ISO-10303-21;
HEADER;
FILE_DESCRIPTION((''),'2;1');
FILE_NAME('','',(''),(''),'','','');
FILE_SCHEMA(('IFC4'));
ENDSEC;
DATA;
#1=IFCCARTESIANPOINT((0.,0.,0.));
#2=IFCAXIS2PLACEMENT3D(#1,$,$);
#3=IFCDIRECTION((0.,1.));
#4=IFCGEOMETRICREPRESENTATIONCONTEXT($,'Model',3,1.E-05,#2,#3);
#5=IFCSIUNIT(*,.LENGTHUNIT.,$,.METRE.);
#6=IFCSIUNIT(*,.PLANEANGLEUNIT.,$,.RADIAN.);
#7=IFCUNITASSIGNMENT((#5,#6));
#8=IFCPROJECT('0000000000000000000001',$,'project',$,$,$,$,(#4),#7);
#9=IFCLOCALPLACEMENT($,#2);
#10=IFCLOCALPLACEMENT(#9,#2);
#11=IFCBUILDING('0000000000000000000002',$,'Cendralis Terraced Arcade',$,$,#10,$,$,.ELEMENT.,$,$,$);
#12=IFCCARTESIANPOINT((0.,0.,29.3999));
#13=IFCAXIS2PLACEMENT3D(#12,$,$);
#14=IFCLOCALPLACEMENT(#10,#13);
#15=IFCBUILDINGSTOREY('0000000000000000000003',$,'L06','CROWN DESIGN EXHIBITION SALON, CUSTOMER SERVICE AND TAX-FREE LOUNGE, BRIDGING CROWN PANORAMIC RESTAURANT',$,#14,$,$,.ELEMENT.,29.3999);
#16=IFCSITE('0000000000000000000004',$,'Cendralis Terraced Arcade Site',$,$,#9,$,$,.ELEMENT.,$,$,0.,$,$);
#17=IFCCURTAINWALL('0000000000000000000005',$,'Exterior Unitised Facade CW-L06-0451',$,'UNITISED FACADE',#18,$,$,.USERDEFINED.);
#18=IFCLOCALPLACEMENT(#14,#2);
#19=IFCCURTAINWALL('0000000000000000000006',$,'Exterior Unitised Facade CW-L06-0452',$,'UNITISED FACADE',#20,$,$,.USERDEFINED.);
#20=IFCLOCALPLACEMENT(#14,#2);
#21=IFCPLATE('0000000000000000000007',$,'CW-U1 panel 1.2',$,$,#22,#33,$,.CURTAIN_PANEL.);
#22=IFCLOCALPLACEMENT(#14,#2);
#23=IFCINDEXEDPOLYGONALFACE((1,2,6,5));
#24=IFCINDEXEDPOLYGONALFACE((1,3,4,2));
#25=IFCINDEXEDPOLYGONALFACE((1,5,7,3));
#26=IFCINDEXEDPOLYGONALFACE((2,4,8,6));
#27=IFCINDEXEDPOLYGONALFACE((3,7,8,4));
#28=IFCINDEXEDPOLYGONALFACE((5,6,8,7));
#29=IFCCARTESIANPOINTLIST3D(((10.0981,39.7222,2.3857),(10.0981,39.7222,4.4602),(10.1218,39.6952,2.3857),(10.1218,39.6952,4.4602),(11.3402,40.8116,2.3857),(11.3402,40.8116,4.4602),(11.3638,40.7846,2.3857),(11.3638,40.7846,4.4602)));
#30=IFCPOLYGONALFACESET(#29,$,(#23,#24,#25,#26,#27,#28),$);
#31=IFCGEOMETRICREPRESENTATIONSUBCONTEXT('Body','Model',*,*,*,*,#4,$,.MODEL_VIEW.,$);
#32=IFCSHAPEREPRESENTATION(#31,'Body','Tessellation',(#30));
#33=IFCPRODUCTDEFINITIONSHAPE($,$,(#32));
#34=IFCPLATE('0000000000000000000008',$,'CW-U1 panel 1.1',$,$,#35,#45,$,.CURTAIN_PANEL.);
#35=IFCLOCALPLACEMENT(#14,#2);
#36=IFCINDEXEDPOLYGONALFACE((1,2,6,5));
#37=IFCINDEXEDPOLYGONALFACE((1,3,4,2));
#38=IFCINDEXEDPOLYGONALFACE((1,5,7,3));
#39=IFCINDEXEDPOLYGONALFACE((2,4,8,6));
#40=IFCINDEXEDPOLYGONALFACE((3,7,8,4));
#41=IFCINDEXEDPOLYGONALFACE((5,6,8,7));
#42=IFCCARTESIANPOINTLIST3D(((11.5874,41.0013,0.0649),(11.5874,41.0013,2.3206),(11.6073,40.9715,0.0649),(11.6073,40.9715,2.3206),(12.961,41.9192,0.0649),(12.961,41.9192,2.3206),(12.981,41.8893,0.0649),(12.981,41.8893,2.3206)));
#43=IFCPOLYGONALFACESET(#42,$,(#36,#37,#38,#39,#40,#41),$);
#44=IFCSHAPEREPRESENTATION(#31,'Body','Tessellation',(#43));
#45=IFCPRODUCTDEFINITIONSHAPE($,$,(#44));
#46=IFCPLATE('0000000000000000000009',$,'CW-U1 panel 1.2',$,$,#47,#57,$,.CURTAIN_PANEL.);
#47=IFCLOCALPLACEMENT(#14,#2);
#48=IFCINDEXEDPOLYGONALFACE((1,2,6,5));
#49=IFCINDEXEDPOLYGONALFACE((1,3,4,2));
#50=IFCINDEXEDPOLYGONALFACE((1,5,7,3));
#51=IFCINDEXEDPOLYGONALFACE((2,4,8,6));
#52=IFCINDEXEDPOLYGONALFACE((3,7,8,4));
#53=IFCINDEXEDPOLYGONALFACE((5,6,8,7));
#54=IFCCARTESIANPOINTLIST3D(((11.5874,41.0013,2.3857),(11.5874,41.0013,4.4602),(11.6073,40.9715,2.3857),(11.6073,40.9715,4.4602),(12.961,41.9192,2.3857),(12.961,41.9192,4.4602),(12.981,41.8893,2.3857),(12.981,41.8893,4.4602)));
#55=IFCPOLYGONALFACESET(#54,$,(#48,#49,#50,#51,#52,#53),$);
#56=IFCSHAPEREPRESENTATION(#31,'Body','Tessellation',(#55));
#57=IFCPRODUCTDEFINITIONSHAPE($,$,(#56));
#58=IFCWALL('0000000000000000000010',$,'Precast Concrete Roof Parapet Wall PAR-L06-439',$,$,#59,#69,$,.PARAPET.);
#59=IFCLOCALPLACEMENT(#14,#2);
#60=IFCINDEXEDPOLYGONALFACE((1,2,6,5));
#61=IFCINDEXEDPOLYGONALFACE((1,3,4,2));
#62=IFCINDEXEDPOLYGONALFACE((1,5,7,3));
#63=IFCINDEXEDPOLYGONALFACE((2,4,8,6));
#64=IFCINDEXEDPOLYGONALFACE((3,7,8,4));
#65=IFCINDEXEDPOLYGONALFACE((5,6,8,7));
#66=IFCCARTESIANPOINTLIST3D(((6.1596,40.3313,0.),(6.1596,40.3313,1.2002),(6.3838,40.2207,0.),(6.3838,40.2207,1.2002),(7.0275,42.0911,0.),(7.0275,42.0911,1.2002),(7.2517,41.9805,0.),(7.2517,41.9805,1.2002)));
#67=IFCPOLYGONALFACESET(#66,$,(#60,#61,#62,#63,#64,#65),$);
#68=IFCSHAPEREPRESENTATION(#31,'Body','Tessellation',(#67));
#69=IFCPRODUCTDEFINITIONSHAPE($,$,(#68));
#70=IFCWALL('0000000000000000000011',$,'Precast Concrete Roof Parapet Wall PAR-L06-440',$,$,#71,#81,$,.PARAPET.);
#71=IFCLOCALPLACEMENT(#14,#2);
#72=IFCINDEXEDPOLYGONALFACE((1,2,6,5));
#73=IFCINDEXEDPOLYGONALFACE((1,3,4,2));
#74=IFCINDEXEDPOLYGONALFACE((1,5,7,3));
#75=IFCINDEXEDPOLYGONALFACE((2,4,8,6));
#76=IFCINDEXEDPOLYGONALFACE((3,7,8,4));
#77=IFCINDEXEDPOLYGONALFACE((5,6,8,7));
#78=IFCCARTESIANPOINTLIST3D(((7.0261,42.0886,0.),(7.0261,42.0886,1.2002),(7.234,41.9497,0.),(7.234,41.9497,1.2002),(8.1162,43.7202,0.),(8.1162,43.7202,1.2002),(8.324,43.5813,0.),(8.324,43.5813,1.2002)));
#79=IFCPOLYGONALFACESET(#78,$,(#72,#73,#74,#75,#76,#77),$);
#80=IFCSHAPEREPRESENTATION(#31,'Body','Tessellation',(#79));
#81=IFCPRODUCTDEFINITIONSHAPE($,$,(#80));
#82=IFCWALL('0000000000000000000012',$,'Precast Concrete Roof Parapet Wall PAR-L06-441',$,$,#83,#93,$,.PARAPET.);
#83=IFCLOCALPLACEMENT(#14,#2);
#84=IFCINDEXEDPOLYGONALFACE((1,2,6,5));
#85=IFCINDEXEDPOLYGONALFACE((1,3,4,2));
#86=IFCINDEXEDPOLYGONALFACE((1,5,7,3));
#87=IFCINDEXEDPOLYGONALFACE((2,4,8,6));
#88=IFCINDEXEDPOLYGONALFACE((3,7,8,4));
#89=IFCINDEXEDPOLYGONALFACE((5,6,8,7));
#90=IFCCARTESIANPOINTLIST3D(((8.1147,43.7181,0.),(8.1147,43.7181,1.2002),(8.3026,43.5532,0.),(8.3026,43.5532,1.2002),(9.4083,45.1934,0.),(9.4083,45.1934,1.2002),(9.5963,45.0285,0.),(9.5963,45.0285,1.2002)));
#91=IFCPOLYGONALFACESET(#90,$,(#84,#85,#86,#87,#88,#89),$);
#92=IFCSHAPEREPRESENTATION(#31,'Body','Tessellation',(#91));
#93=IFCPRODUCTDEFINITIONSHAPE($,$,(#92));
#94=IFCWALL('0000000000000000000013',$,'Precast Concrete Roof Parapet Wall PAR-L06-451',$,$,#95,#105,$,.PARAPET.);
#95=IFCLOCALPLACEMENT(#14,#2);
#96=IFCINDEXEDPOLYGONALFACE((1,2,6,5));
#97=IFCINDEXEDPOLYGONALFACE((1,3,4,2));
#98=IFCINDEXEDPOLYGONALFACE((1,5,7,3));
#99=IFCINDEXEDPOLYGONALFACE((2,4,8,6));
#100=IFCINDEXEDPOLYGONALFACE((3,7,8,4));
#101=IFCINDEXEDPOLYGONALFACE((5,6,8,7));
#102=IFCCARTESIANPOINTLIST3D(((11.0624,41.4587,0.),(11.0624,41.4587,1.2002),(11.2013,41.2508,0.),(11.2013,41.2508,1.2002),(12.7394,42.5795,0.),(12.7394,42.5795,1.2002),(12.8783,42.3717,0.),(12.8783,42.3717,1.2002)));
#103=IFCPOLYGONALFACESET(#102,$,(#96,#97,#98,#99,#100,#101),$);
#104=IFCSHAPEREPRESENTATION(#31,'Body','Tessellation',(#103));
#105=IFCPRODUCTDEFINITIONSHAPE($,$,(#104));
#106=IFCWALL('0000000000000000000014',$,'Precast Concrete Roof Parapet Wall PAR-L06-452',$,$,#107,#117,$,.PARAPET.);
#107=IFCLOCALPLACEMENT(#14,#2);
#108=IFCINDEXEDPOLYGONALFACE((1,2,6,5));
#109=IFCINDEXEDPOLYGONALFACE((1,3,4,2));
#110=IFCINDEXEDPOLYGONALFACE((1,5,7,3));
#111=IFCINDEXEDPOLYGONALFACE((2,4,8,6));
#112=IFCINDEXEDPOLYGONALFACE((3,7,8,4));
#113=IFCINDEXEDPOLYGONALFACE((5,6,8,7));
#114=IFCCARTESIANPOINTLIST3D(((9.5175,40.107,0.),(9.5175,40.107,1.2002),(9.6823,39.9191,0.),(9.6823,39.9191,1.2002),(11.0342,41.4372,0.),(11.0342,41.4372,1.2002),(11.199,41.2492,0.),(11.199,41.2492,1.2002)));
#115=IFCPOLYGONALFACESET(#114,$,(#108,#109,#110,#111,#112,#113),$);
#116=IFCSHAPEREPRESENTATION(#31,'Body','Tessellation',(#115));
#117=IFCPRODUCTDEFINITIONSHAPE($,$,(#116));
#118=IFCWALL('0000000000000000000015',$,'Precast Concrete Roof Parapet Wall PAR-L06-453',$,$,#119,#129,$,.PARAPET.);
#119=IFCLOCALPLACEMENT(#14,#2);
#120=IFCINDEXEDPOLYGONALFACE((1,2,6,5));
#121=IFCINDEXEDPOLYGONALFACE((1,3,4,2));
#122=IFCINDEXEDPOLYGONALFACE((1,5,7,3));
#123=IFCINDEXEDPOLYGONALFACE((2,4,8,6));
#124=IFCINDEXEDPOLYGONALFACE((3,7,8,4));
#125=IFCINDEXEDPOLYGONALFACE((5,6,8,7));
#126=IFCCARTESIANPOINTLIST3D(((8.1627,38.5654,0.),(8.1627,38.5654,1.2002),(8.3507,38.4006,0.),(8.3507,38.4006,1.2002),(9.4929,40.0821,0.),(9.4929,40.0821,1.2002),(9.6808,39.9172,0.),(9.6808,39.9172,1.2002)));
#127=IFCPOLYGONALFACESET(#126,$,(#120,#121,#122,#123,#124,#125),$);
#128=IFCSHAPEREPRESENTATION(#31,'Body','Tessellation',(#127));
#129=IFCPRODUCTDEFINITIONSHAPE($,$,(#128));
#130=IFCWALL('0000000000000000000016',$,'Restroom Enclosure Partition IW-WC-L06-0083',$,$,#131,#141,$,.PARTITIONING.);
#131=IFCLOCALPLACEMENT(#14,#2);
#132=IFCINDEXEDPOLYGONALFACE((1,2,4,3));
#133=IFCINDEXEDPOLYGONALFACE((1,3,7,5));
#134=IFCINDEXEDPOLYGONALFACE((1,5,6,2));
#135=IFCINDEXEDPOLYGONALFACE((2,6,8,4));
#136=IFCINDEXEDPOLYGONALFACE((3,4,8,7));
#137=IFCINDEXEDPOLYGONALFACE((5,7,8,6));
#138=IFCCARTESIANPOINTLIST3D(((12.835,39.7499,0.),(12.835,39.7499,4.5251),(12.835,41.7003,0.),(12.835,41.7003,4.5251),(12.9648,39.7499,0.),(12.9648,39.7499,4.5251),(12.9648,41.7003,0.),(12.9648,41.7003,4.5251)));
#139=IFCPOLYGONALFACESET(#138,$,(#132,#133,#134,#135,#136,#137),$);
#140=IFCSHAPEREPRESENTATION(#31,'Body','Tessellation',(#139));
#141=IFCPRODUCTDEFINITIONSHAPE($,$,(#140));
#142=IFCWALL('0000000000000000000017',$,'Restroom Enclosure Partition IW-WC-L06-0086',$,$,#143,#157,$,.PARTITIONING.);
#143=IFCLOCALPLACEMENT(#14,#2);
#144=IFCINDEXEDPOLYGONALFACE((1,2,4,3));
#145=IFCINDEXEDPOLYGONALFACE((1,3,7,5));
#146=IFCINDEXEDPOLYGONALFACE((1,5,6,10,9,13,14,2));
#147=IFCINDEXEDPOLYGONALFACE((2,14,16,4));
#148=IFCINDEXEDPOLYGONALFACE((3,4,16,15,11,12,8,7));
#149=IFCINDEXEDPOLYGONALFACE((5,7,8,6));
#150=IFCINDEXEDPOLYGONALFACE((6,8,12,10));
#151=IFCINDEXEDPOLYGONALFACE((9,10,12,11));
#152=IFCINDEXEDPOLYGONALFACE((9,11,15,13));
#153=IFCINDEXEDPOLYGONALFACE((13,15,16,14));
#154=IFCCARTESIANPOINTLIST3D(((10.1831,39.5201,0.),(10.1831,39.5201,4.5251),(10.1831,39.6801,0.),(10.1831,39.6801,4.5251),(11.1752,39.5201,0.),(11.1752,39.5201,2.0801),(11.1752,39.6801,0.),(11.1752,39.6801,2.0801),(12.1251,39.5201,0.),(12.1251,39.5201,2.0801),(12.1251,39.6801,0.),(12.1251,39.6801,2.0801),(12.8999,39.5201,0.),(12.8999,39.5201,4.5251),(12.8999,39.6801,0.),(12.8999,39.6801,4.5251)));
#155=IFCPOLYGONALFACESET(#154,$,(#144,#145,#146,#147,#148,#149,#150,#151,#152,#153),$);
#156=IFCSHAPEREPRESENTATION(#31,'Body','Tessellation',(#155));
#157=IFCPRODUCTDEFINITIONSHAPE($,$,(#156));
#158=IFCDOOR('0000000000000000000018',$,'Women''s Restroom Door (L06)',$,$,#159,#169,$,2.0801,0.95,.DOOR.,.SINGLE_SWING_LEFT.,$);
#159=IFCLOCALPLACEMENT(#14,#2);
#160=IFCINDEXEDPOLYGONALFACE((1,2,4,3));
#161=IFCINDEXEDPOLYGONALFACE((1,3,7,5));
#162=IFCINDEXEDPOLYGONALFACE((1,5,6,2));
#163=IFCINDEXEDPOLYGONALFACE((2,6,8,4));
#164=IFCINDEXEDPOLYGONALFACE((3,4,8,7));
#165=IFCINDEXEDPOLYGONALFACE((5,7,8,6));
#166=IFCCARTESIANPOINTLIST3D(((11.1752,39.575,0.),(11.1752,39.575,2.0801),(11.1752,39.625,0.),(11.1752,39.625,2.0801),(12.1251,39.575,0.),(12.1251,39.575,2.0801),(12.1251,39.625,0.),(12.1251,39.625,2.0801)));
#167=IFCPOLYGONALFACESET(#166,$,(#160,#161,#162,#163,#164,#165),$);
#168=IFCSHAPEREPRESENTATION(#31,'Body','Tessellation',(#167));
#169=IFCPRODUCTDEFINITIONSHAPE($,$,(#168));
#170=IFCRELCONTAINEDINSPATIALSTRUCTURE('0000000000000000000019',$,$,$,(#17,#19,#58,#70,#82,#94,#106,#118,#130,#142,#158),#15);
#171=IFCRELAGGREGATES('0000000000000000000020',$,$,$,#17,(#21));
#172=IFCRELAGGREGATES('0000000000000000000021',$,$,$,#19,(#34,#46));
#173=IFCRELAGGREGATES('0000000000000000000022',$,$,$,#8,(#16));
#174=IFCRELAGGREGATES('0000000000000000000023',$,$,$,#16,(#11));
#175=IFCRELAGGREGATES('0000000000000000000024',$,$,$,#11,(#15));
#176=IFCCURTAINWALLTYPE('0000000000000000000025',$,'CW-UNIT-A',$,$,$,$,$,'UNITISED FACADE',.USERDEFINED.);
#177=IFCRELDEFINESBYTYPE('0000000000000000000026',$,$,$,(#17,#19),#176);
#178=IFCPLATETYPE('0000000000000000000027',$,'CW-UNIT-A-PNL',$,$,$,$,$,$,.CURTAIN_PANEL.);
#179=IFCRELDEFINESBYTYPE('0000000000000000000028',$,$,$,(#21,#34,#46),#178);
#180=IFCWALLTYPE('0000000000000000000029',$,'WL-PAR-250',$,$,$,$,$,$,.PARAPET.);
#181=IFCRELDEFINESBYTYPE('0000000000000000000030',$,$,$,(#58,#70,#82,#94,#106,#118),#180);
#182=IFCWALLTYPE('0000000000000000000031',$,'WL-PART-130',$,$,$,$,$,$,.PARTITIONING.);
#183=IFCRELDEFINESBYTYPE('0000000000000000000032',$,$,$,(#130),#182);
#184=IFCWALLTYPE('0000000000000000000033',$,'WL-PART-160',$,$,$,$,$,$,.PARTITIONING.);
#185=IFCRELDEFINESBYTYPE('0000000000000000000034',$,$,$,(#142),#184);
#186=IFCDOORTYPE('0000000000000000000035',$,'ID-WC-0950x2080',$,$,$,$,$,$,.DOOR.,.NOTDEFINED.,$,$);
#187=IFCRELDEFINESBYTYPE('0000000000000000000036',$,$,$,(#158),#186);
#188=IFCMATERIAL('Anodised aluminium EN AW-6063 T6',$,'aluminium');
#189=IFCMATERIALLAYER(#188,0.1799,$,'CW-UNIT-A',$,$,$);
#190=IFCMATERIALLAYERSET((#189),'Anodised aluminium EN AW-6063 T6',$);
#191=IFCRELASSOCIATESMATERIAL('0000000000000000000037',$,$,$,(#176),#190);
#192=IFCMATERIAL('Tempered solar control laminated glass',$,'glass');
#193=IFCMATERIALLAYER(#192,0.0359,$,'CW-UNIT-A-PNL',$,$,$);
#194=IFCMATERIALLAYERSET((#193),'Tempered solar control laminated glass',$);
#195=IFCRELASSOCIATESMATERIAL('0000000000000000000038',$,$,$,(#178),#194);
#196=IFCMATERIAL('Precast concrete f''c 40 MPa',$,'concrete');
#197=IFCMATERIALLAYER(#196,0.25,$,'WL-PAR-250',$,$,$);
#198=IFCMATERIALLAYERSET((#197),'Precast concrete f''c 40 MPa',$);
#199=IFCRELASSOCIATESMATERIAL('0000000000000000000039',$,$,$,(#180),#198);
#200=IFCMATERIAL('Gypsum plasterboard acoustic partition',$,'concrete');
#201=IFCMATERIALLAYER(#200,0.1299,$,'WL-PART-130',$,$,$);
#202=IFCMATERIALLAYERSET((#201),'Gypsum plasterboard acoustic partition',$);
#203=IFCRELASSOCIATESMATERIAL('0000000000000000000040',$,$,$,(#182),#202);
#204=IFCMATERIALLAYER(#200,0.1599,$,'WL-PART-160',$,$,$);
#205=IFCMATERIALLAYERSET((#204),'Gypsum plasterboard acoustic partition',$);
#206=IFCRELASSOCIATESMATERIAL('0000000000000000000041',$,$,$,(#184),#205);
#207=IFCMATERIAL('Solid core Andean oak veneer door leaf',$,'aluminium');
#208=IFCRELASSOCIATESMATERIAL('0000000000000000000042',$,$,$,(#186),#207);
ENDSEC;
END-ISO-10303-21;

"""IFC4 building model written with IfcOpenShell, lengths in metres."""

from ifc_helpers import new_model, si_unit, direction, frame, frame_2d, origin, origin_2d, place, context, subcontext, project, spatial, rectangle, extrude, material, layer, layer_set, type_object, element, fill, aggregate, save


model = new_model("IFC4")

# Units and contexts
model_context = context("Model", 3, precision=1e-05, world=origin(), true_north=direction((0.0, 1.0)))
body_context = subcontext(model_context, "Body", "Model", "MODEL_VIEW")
ifc_project = project(units=[si_unit("LENGTHUNIT", "METRE"), si_unit("PLANEANGLEUNIT", "RADIAN")], contexts=[model_context])

# Site, building, storey
site_placement = place(None, origin())
site = spatial("IfcSite", under=ifc_project, at=site_placement, Name="Cendralis Terraced Arcade Site", CompositionType="ELEMENT", RefElevation=0.0)
building_placement = place(site_placement, origin())
building = spatial("IfcBuilding", under=site, at=building_placement, Name="Cendralis Terraced Arcade", CompositionType="ELEMENT")
storey_placement = place(building_placement, frame((0.0, 0.0, 29.3999)))
storey = spatial("IfcBuildingStorey", under=building, at=storey_placement, Name="L06", Description="CROWN DESIGN EXHIBITION SALON, CUSTOMER SERVICE AND TAX-FREE LOUNGE, BRIDGING CROWN PANORAMIC RESTAURANT", CompositionType="ELEMENT", Elevation=29.3999)

# Curtain walls
ifc_material_1 = material(Name="Anodised aluminium EN AW-6063 T6", Category="aluminium")
ifc_layer_1 = layer(ifc_material_1, 0.1799, Name="CW-UNIT-A")
ifc_layer_set_1 = layer_set([ifc_layer_1], Name="Anodised aluminium EN AW-6063 T6")
curtain_wall_type = type_object("IfcCurtainWallType", Name="CW-UNIT-A", ElementType="UNITISED FACADE", PredefinedType="USERDEFINED", material=ifc_layer_set_1)
curtain_wall_1_placement = place(storey_placement, origin())
curtain_wall_1 = element("IfcCurtainWall", 1, at=curtain_wall_1_placement, inside=storey, type_object=curtain_wall_type, Name="Exterior Unitised Facade CW-L06-0451", ObjectType="UNITISED FACADE", PredefinedType="USERDEFINED")
curtain_wall_2_placement = place(storey_placement, origin())
curtain_wall_2 = element("IfcCurtainWall", 2, at=curtain_wall_2_placement, inside=storey, type_object=curtain_wall_type, Name="Exterior Unitised Facade CW-L06-0452", ObjectType="UNITISED FACADE", PredefinedType="USERDEFINED")

# Plates
ifc_material_2 = material(Name="Tempered solar control laminated glass", Category="glass")
ifc_layer_2 = layer(ifc_material_2, 0.0359, Name="CW-UNIT-A-PNL")
ifc_layer_set_2 = layer_set([ifc_layer_2], Name="Tempered solar control laminated glass")
plate_type = type_object("IfcPlateType", Name="CW-UNIT-A-PNL", PredefinedType="CURTAIN_PANEL", material=ifc_layer_set_2)
plate_1_placement = place(storey_placement, frame((10.731, 40.2534, 2.3857), z_axis=(0.0, 0.0, 1.0), x_axis=(0.751804, 0.659386, 0.0)))
plate_1 = element("IfcPlate", 3, at=plate_1_placement, type_object=plate_type, Name="CW-U1 panel 1.2", PredefinedType="CURTAIN_PANEL", context=body_context, shape_type="SweptSolid", body=[
    extrude(rectangle(XDim=1.6521, YDim=0.0359, at=origin_2d()), origin(), (0.0, 0.0, 1.0), 2.0745),
])
aggregate(curtain_wall_1, [plate_1])
plate_2_placement = place(storey_placement, frame((12.2842, 41.4453, 0.0649), z_axis=(0.0, 0.0, 1.0), x_axis=(0.831471, 0.555567, 0.0)))
plate_2 = element("IfcPlate", 4, at=plate_2_placement, type_object=plate_type, Name="CW-U1 panel 1.1", PredefinedType="CURTAIN_PANEL", context=body_context, shape_type="SweptSolid", body=[
    extrude(rectangle(XDim=1.6521, YDim=0.0359, at=origin_2d()), origin(), (0.0, 0.0, 1.0), 2.2556),
])
plate_3_placement = place(storey_placement, frame((12.2842, 41.4453, 2.3857), z_axis=(0.0, 0.0, 1.0), x_axis=(0.831471, 0.555567, 0.0)))
plate_3 = element("IfcPlate", 5, at=plate_3_placement, type_object=plate_type, Name="CW-U1 panel 1.2", PredefinedType="CURTAIN_PANEL", context=body_context, shape_type="SweptSolid", body=[
    extrude(rectangle(XDim=1.6521, YDim=0.0359, at=origin_2d()), origin(), (0.0, 0.0, 1.0), 2.0745),
])
aggregate(curtain_wall_2, [plate_2, plate_3])

# Walls
ifc_material_3 = material(Name="Precast concrete f'c 40 MPa", Category="concrete")
ifc_layer_3 = layer(ifc_material_3, 0.25, Name="WL-PAR-250")
ifc_layer_set_3 = layer_set([ifc_layer_3], Name="Precast concrete f'c 40 MPa")
wall_type_1 = type_object("IfcWallType", Name="WL-PAR-250", PredefinedType="PARAPET", material=ifc_layer_set_3)
for number, where, z_axis, x_axis, name in (
    (6, (6.2717, 40.2761, 0.0), (0.0, 0.0, 1.0), (0.44233, 0.896853, 0.0), "Precast Concrete Roof Parapet Wall PAR-L06-439"),
    (7, (7.1301, 42.0193, 0.0), (0.0, 0.0, 1.0), (0.555533, 0.831495, 0.0), "Precast Concrete Roof Parapet Wall PAR-L06-440"),
    (8, (8.2087, 43.6357, 0.0), (0.0, 0.0, 1.0), (0.659306, 0.751875, 0.0), "Precast Concrete Roof Parapet Wall PAR-L06-441"),
):
    element("IfcWall", number, at=place(storey_placement, frame(where, z_axis=z_axis, x_axis=x_axis)), inside=storey, type_object=wall_type_1, Name=name, PredefinedType="PARAPET", context=body_context, shape_type="SweptSolid", body=[
        extrude(rectangle(XDim=1.9622, YDim=0.25, at=frame_2d((0.981, 0.0))), origin(), (0.0, 0.0, 1.0), 1.2002),
    ])
wall_1_placement = place(storey_placement, frame((12.8088, 42.4756, 0.0), z_axis=(0.0, 0.0, 1.0), x_axis=(-0.831398, -0.555677, 0.0)))
element("IfcWall", 9, at=wall_1_placement, inside=storey, type_object=wall_type_1, Name="Precast Concrete Roof Parapet Wall PAR-L06-451", PredefinedType="PARAPET", context=body_context, shape_type="SweptSolid", body=[
    extrude(rectangle(XDim=2.0171, YDim=0.25, at=frame_2d((1.0085, 0.0))), origin(), (0.0, 0.0, 1.0), 1.2002),
])
for number, where, z_axis, x_axis, name in (
    (10, (11.1167, 41.3433, 0.0), (0.0, 0.0, 1.0), (-0.751826, -0.659361, 0.0), "Precast Concrete Roof Parapet Wall PAR-L06-452"),
    (11, (9.5869, 39.9998, 0.0), (0.0, 0.0, 1.0), (-0.659361, -0.751826, 0.0), "Precast Concrete Roof Parapet Wall PAR-L06-453"),
):
    element("IfcWall", number, at=place(storey_placement, frame(where, z_axis=z_axis, x_axis=x_axis)), inside=storey, type_object=wall_type_1, Name=name, PredefinedType="PARAPET", context=body_context, shape_type="SweptSolid", body=[
        extrude(rectangle(XDim=2.0173, YDim=0.25, at=frame_2d((1.0088, 0.0))), origin(), (0.0, 0.0, 1.0), 1.2002),
    ])
ifc_material_4 = material(Name="Gypsum plasterboard acoustic partition", Category="concrete")
ifc_layer_4 = layer(ifc_material_4, 0.1299, Name="WL-PART-130")
ifc_layer_set_4 = layer_set([ifc_layer_4], Name="Gypsum plasterboard acoustic partition")
wall_type_2 = type_object("IfcWallType", Name="WL-PART-130", PredefinedType="PARTITIONING", material=ifc_layer_set_4)
wall_2_placement = place(storey_placement, frame((12.8999, 39.75, 0.0), z_axis=(0.0, 0.0, 1.0), x_axis=(0.0, 1.0, 0.0)))
element("IfcWall", 12, at=wall_2_placement, inside=storey, type_object=wall_type_2, Name="Restroom Enclosure Partition IW-WC-L06-0083", PredefinedType="PARTITIONING", context=body_context, shape_type="SweptSolid", body=[
    extrude(rectangle(XDim=1.9504, YDim=0.1299, at=frame_2d((0.9751, 0.0))), origin(), (0.0, 0.0, 1.0), 4.5251),
])

# Wall, opening, door
ifc_layer_5 = layer(ifc_material_4, 0.1599, Name="WL-PART-160")
ifc_layer_set_5 = layer_set([ifc_layer_5], Name="Gypsum plasterboard acoustic partition")
wall_type_3 = type_object("IfcWallType", Name="WL-PART-160", PredefinedType="PARTITIONING", material=ifc_layer_set_5)
wall_3_placement = place(storey_placement, frame((10.1831, 39.6001, 0.0), z_axis=(0.0, 0.0, 1.0), x_axis=(1.0, 0.0, 0.0)))
wall_3 = element("IfcWall", 13, at=wall_3_placement, inside=storey, type_object=wall_type_3, Name="Restroom Enclosure Partition IW-WC-L06-0086", PredefinedType="PARTITIONING", context=body_context, shape_type="SweptSolid", body=[
    extrude(rectangle(XDim=2.7168, YDim=0.1599, at=frame_2d((1.3584, 0.0))), origin(), (0.0, 0.0, 1.0), 4.5251),
])
opening_1_placement = place(wall_3_placement, frame((0.9919, 0.0, 0.0)))
opening_1 = element("IfcOpeningElement", 14, at=opening_1_placement, cuts=wall_3, PredefinedType="OPENING", context=body_context, shape_type="SweptSolid", body=[
    extrude(rectangle(XDim=0.95, YDim=2.0801, at=frame_2d((0.4751, 1.04))), frame((0.0, 0.0918, 0.0), z_axis=(0.0, -1.0, 0.0), x_axis=(1.0, 0.0, 0.0)), (0.0, 0.0, 1.0), 0.1838),
])
ifc_material_5 = material(Name="Solid core Andean oak veneer door leaf", Category="aluminium")
door_type_1 = type_object("IfcDoorType", Name="ID-WC-0950x2080", OperationType="NOTDEFINED", PredefinedType="DOOR", material=ifc_material_5)
door_1_placement = place(opening_1_placement, origin())
door_1 = element("IfcDoor", 15, at=door_1_placement, inside=storey, type_object=door_type_1, Name="Women's Restroom Door (L06)", OperationType="SINGLE_SWING_LEFT", OverallHeight=2.0801, OverallWidth=0.95, PredefinedType="DOOR", context=body_context, shape_type="SweptSolid", body=[
    extrude(rectangle(XDim=0.95, YDim=2.0801, at=frame_2d((0.4751, 1.04))), frame((0.0, 0.0249, 0.0), z_axis=(0.0, -1.0, 0.0), x_axis=(1.0, 0.0, 0.0)), (0.0, 0.0, 1.0), 0.05),
])
fill(opening_1, door_1)

save(model, "model.ifc")
